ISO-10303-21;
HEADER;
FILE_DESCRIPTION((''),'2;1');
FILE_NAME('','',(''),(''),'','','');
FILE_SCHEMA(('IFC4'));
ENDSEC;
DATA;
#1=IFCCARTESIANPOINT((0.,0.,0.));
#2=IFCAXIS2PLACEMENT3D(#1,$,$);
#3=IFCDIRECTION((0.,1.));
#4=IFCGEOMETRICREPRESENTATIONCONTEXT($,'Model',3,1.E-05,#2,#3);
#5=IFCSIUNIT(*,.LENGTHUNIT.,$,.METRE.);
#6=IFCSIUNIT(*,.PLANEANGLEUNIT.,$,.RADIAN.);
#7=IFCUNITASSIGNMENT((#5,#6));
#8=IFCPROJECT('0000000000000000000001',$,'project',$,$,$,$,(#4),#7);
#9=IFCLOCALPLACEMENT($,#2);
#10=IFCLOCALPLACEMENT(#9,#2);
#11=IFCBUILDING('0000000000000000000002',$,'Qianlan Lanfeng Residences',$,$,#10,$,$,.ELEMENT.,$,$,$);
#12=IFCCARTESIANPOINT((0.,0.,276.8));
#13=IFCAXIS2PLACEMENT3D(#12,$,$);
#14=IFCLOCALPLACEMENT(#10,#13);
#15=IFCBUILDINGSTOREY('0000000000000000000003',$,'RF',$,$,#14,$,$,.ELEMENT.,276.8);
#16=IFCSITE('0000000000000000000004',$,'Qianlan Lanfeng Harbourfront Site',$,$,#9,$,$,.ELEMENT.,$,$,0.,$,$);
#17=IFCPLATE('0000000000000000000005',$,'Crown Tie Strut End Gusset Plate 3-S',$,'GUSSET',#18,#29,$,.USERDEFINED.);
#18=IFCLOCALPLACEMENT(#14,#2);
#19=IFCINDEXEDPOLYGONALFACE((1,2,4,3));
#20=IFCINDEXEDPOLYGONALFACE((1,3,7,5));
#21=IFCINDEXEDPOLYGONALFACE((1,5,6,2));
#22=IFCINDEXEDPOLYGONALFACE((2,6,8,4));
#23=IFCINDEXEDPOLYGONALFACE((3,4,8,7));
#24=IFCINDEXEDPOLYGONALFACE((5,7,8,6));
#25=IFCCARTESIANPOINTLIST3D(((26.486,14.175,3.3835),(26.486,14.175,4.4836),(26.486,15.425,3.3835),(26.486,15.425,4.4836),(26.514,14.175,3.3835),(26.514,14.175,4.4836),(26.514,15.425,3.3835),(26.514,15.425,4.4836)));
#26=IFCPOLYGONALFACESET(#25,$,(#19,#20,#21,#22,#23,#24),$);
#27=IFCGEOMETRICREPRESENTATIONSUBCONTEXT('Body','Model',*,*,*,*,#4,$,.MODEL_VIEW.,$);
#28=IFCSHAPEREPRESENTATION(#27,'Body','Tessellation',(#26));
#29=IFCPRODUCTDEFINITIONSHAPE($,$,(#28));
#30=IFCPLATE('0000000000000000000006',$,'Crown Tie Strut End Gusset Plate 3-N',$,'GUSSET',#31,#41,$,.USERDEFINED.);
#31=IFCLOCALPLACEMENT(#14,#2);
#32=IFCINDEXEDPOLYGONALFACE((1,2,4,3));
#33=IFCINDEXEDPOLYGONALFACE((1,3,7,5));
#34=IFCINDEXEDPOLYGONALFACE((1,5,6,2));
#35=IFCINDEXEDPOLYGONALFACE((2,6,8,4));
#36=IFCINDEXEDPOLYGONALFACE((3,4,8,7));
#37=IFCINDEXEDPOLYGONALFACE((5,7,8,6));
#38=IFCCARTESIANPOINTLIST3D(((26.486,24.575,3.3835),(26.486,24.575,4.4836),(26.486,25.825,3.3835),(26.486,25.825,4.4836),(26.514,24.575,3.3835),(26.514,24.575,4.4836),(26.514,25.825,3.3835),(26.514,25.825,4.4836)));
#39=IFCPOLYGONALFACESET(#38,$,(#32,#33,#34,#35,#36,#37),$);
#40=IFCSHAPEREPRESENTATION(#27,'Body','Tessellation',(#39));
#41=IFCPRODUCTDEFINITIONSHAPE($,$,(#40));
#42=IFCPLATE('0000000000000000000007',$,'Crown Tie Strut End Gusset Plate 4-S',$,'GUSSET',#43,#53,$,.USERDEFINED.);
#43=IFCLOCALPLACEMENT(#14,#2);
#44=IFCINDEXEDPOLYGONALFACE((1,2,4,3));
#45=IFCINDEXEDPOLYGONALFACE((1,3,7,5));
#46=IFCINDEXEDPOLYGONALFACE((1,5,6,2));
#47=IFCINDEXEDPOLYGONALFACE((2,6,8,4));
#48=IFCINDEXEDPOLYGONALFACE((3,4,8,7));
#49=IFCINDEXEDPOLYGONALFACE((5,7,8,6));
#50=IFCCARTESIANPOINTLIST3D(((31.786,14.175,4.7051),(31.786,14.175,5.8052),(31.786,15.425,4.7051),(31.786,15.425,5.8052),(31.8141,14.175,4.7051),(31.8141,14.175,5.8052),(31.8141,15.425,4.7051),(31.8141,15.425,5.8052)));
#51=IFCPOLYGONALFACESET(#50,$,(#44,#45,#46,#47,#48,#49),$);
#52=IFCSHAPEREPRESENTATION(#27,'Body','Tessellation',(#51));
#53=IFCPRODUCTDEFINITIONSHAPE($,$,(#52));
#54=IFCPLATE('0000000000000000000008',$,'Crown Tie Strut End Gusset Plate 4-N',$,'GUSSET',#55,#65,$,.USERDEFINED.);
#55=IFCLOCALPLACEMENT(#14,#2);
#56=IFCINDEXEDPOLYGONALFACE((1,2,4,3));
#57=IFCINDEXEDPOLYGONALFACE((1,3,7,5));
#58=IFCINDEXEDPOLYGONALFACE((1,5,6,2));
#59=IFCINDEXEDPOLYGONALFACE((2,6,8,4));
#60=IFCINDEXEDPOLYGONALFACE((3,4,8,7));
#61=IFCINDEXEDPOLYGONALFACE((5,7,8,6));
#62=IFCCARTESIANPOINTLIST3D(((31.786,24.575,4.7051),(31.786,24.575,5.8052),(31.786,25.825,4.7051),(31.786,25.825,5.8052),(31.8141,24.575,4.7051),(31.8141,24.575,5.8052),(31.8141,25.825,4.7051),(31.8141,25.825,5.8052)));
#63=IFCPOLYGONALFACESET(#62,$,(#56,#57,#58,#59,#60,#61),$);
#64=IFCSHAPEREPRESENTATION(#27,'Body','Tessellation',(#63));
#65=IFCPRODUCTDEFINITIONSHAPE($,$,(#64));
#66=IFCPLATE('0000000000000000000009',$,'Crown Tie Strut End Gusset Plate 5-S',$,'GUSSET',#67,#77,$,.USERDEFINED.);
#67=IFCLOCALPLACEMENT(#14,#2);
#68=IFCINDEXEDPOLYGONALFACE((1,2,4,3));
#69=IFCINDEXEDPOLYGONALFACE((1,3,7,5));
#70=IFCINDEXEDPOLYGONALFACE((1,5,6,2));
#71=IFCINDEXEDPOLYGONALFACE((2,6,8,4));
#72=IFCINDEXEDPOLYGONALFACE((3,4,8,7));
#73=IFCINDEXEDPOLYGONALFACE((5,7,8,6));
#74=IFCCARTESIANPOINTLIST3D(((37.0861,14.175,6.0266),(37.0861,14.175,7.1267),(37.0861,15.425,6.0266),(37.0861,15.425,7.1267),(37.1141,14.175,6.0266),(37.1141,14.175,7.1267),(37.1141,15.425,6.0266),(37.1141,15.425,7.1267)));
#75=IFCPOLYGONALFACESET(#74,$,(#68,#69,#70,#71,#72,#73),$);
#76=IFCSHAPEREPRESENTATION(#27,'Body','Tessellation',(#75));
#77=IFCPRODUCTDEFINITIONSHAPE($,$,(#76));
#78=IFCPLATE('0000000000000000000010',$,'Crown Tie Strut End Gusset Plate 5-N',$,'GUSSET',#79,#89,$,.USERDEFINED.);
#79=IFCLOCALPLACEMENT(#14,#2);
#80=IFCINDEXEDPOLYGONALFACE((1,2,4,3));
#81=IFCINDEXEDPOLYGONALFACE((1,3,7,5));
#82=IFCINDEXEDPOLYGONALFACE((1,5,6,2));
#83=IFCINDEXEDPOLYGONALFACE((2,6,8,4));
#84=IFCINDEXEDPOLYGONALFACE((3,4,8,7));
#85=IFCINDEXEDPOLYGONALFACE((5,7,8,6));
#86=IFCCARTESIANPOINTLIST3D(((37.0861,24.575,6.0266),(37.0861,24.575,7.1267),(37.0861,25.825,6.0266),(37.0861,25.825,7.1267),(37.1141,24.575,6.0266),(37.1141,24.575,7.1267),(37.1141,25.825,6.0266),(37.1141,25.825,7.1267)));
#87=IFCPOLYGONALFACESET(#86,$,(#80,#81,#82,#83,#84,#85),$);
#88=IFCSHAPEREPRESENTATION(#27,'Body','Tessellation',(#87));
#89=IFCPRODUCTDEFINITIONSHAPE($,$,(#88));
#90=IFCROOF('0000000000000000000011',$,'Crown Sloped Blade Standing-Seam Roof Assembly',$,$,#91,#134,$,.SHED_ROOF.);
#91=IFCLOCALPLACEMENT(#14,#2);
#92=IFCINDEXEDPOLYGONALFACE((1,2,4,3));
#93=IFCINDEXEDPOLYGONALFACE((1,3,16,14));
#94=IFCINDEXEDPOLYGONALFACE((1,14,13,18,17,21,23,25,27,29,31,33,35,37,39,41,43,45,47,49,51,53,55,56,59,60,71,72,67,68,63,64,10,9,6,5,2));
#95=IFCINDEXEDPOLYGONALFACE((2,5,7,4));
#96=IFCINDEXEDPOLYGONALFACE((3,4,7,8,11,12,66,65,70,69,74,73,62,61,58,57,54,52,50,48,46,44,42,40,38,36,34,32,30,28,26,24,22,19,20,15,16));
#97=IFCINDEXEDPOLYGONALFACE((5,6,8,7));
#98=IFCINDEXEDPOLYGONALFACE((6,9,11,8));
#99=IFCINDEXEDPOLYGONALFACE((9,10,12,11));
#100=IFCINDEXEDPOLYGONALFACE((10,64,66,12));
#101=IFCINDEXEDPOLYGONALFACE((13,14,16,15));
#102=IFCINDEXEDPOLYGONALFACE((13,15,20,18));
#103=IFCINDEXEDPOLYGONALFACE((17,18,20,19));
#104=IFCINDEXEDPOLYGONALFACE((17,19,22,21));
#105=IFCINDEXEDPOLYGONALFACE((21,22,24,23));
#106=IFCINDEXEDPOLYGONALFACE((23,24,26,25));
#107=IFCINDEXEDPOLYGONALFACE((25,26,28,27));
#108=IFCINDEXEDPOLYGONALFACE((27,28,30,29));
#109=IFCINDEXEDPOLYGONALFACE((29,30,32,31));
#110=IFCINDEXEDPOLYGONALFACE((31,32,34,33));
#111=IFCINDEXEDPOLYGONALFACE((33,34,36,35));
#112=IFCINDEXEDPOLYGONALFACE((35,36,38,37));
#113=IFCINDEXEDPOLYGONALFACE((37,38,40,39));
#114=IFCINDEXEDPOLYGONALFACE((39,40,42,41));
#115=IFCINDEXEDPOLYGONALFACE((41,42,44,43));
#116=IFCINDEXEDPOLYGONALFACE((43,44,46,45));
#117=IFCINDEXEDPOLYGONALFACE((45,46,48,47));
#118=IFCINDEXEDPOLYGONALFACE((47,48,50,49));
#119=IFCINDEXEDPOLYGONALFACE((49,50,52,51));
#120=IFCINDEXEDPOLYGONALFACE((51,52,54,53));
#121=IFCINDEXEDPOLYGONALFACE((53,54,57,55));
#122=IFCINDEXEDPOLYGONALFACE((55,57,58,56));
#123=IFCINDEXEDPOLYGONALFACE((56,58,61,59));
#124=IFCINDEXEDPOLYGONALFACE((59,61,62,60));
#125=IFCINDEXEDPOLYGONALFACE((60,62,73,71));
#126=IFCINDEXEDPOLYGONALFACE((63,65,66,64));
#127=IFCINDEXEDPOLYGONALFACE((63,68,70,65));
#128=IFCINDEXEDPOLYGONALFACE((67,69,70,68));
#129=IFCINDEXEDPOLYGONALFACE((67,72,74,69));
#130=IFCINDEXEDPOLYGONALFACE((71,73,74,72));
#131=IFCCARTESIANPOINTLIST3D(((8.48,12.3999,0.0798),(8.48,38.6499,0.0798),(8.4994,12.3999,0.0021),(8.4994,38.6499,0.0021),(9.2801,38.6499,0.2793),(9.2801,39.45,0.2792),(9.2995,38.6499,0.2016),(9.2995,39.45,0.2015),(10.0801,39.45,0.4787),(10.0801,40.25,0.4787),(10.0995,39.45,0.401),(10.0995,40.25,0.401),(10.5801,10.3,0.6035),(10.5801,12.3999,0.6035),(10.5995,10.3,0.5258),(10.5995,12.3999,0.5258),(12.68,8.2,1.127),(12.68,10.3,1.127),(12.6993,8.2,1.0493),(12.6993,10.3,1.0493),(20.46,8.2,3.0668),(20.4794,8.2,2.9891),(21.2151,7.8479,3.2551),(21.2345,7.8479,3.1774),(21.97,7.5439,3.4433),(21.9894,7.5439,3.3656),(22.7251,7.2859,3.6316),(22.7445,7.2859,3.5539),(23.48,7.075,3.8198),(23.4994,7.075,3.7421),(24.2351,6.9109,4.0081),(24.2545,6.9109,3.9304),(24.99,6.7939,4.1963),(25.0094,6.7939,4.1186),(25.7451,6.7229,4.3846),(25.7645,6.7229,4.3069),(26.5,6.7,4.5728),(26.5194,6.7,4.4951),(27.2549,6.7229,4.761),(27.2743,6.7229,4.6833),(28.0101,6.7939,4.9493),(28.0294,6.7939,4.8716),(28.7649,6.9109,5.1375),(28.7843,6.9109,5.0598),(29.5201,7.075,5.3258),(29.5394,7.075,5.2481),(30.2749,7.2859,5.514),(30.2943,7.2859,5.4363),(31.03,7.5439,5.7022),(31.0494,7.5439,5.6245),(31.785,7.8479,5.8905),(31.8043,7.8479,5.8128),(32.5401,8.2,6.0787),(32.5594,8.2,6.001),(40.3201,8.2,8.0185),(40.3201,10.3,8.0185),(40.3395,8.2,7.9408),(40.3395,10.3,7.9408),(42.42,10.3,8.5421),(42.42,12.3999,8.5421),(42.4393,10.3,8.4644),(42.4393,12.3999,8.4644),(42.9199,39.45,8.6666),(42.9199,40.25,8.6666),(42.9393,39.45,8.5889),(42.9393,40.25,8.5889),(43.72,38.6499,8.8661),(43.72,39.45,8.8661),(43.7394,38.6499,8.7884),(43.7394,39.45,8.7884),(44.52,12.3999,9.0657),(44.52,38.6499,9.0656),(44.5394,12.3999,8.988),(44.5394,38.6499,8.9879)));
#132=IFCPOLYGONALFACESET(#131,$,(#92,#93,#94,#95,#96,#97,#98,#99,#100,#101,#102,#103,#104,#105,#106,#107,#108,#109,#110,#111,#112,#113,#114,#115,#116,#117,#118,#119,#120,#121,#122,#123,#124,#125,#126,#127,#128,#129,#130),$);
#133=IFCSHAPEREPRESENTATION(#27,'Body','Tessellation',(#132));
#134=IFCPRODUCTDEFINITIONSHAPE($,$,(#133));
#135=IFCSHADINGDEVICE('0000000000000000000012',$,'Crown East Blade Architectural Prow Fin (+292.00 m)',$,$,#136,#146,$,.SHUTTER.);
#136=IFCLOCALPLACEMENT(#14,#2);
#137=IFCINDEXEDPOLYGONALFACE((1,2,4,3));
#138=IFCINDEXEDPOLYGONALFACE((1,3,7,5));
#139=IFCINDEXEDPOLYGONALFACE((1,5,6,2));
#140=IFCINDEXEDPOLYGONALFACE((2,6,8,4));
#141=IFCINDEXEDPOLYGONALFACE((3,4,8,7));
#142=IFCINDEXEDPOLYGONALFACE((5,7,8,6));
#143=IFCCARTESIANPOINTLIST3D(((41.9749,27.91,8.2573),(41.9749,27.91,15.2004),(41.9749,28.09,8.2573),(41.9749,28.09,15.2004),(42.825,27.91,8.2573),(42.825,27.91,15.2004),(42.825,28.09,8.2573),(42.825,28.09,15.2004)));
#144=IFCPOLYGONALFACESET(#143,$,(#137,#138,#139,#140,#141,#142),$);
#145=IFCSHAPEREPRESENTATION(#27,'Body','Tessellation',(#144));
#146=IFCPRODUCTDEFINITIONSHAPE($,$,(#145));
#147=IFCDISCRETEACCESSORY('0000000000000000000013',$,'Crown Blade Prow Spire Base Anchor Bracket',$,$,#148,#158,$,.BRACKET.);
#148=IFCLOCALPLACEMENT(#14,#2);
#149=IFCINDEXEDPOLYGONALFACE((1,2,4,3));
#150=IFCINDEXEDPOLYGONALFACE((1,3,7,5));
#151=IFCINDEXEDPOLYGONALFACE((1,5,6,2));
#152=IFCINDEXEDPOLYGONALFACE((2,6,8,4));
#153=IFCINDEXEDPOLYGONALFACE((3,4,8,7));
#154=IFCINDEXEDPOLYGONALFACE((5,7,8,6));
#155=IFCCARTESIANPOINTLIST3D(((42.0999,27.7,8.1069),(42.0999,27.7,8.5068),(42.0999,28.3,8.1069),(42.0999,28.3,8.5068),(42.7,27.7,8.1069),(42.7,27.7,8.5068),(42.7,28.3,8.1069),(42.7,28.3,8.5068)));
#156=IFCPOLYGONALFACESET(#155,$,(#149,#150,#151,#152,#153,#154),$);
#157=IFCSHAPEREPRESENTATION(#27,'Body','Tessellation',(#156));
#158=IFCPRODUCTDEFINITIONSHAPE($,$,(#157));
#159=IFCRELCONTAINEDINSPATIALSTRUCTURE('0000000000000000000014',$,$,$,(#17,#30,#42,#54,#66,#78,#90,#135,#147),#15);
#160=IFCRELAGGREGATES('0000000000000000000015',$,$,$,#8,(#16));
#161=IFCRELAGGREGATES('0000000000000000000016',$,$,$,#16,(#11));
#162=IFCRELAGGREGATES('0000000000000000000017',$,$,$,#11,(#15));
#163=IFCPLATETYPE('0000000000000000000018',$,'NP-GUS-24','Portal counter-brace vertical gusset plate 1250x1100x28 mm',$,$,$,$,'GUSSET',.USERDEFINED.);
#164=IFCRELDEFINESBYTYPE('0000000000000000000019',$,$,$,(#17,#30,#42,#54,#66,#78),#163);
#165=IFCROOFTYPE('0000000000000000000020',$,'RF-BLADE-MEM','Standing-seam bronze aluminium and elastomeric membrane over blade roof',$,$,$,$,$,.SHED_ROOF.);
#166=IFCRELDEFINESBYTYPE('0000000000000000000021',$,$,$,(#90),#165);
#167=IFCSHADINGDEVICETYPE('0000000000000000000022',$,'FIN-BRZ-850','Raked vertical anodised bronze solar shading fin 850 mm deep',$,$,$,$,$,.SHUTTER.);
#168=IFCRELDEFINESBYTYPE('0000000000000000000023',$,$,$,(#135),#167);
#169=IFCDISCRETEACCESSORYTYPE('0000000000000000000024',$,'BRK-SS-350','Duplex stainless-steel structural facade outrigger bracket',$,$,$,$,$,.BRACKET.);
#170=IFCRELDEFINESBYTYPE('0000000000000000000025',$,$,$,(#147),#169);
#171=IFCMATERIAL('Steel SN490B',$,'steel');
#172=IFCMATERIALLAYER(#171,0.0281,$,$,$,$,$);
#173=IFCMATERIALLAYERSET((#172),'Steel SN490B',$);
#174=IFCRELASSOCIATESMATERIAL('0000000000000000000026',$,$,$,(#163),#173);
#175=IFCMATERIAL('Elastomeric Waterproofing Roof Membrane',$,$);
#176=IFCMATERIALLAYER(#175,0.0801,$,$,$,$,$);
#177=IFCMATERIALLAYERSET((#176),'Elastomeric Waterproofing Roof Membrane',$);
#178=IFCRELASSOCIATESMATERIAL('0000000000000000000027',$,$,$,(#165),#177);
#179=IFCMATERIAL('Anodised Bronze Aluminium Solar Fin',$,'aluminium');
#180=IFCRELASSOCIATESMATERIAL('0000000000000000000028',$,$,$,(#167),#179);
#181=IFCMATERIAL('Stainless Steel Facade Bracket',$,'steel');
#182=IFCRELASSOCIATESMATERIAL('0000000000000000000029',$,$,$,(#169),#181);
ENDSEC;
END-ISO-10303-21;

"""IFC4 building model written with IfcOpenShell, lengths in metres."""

from ifc_helpers import new_model, si_unit, direction, frame, origin, origin_2d, place, context, subcontext, project, spatial, polyline, rectangle, outline, extrude, source, transform, mapped, material, layer, layer_set, type_object, element, save


model = new_model("IFC4")

# Units and contexts
model_context = context("Model", 3, precision=1e-05, world=origin(), true_north=direction((0.0, 1.0)))
body_context = subcontext(model_context, "Body", "Model", "MODEL_VIEW")
ifc_project = project(units=[si_unit("LENGTHUNIT", "METRE"), si_unit("PLANEANGLEUNIT", "RADIAN")], contexts=[model_context])

# Site, building, storey
site_placement = place(None, origin())
site = spatial("IfcSite", under=ifc_project, at=site_placement, Name="Qianlan Lanfeng Harbourfront Site", CompositionType="ELEMENT", RefElevation=0.0)
building_placement = place(site_placement, origin())
building = spatial("IfcBuilding", under=site, at=building_placement, Name="Qianlan Lanfeng Residences", CompositionType="ELEMENT")
storey_placement = place(building_placement, frame((0.0, 0.0, 276.8)))
storey = spatial("IfcBuildingStorey", under=building, at=storey_placement, Name="RF", CompositionType="ELEMENT", Elevation=276.8)

# Shared definitions
ifc_material_1 = material(Name="Steel SN490B", Category="steel")

# Plates
ifc_layer_1 = layer(ifc_material_1, 0.0281)
ifc_layer_set_1 = layer_set([ifc_layer_1], Name="Steel SN490B")
plate_type_1 = type_object("IfcPlateType", Name="NP-GUS-24", Description="Portal counter-brace vertical gusset plate 1250x1100x28 mm", ElementType="GUSSET", PredefinedType="USERDEFINED", material=ifc_layer_set_1)
shared_shape_1 = source(origin(), body_context, "Body", "SweptSolid", [
    extrude(rectangle(XDim=0.0281, YDim=1.25, at=origin_2d()), origin(), (0.0, 0.0, 1.0), 1.1001),
])
for number, where, z_axis, x_axis, name in (
    (1, (26.5, 14.8, 3.3835), (0.0, 0.0, 1.0), (1.0, 0.0, 0.0), "Crown Tie Strut End Gusset Plate 3-S"),
    (2, (26.5, 25.2, 3.3835), (0.0, 0.0, 1.0), (1.0, 0.0, 0.0), "Crown Tie Strut End Gusset Plate 3-N"),
    (3, (31.8, 14.8, 4.7051), (0.0, 0.0, 1.0), (1.0, 0.0, 0.0), "Crown Tie Strut End Gusset Plate 4-S"),
    (4, (31.8, 25.2, 4.7051), (0.0, 0.0, 1.0), (1.0, 0.0, 0.0), "Crown Tie Strut End Gusset Plate 4-N"),
    (5, (37.1001, 14.8, 6.0266), (0.0, 0.0, 1.0), (1.0, 0.0, 0.0), "Crown Tie Strut End Gusset Plate 5-S"),
    (6, (37.1001, 25.2, 6.0266), (0.0, 0.0, 1.0), (1.0, 0.0, 0.0), "Crown Tie Strut End Gusset Plate 5-N"),
):
    element("IfcPlate", number, at=place(storey_placement, frame(where, z_axis=z_axis, x_axis=x_axis)), inside=storey, type_object=plate_type_1, Name=name, ObjectType="GUSSET", PredefinedType="USERDEFINED", context=body_context, shape_type="MappedRepresentation", body=[
        mapped(shared_shape_1, transform((0.0, 0.0, 0.0), scale=1.0)),
    ])

# Roof
ifc_material_2 = material(Name="Elastomeric Waterproofing Roof Membrane")
ifc_layer_2 = layer(ifc_material_2, 0.0801)
ifc_layer_set_2 = layer_set([ifc_layer_2], Name="Elastomeric Waterproofing Roof Membrane")
roof_type = type_object("IfcRoofType", Name="RF-BLADE-MEM", Description="Standing-seam bronze aluminium and elastomeric membrane over blade roof", PredefinedType="SHED_ROOF", material=ifc_layer_set_2)
roof_placement = place(storey_placement, frame((8.48, 12.3999, 0.0798), z_axis=(-0.241923, 0.000003, 0.970295), x_axis=(0.970295, 0.0, 0.241923)))
element("IfcRoof", 7, at=roof_placement, inside=storey, type_object=roof_type, Name="Crown Sloped Blade Standing-Seam Roof Assembly", PredefinedType="SHED_ROOF", context=body_context, shape_type="SweptSolid", body=[
    extrude(outline(polyline([(0.0, 0.0), (2.1644, 0.0), (2.1644, -2.0999), (4.3286, -2.0999), (4.3286, -4.2), (12.3468, -4.2), (13.125, -4.552), (13.903, -4.856), (14.6812, -5.114), (15.4592, -5.325), (16.2375, -5.489), (17.0155, -5.606), (17.7937, -5.677), (18.5717, -5.7), (19.3497, -5.677), (20.128, -5.606), (20.9059, -5.489), (21.6842, -5.325), (22.4622, -5.114), (23.2404, -4.856), (24.0184, -4.552), (24.7967, -4.2), (32.8149, -4.2), (32.8149, -2.0999), (34.979, -2.0999), (34.979, 0.0), (37.1434, 0.0), (37.1434, 26.25), (36.3188, 26.25), (36.3188, 27.05), (35.4943, 27.05), (35.4943, 27.8501), (1.6491, 27.8501), (1.6491, 27.05), (0.8246, 27.05), (0.8246, 26.25), (0.0, 26.25), (0.0, 0.0)])), origin(), (0.0, 0.0, -1.0), 0.0801),
])

# Shading device
ifc_material_3 = material(Name="Anodised Bronze Aluminium Solar Fin", Category="aluminium")
shading_device_type = type_object("IfcShadingDeviceType", Name="FIN-BRZ-850", Description="Raked vertical anodised bronze solar shading fin 850 mm deep", PredefinedType="SHUTTER", material=ifc_material_3)
shared_shape_2 = source(origin(), body_context, "Body", "SweptSolid", [
    extrude(rectangle(XDim=0.8501, YDim=0.1799, at=origin_2d()), origin(), (0.0, 0.0, 1.0), 6.9431),
])
shading_device_placement = place(storey_placement, frame((42.3999, 28.0, 8.2573), z_axis=(0.0, 0.0, 1.0), x_axis=(1.0, 0.0, 0.0)))
element("IfcShadingDevice", 8, at=shading_device_placement, inside=storey, type_object=shading_device_type, Name="Crown East Blade Architectural Prow Fin (+292.00 m)", PredefinedType="SHUTTER", context=body_context, shape_type="MappedRepresentation", body=[
    mapped(shared_shape_2, transform((0.0, 0.0, 0.0), scale=1.0)),
])

# Discrete accessory
ifc_material_4 = material(Name="Stainless Steel Facade Bracket", Category="steel")
discrete_accessory_type = type_object("IfcDiscreteAccessoryType", Name="BRK-SS-350", Description="Duplex stainless-steel structural facade outrigger bracket", PredefinedType="BRACKET", material=ifc_material_4)
shared_shape_3 = source(origin(), body_context, "Body", "SweptSolid", [
    extrude(rectangle(XDim=0.6001, YDim=0.6001, at=origin_2d()), origin(), (0.0, 0.0, 1.0), 0.3999),
])
discrete_accessory_placement = place(storey_placement, frame((42.3999, 28.0, 8.1069), z_axis=(0.0, 0.0, 1.0), x_axis=(1.0, 0.0, 0.0)))
element("IfcDiscreteAccessory", 9, at=discrete_accessory_placement, inside=storey, type_object=discrete_accessory_type, Name="Crown Blade Prow Spire Base Anchor Bracket", PredefinedType="BRACKET", context=body_context, shape_type="MappedRepresentation", body=[
    mapped(shared_shape_3, transform((0.0, 0.0, 0.0), scale=1.0)),
])

save(model, "model.ifc")
